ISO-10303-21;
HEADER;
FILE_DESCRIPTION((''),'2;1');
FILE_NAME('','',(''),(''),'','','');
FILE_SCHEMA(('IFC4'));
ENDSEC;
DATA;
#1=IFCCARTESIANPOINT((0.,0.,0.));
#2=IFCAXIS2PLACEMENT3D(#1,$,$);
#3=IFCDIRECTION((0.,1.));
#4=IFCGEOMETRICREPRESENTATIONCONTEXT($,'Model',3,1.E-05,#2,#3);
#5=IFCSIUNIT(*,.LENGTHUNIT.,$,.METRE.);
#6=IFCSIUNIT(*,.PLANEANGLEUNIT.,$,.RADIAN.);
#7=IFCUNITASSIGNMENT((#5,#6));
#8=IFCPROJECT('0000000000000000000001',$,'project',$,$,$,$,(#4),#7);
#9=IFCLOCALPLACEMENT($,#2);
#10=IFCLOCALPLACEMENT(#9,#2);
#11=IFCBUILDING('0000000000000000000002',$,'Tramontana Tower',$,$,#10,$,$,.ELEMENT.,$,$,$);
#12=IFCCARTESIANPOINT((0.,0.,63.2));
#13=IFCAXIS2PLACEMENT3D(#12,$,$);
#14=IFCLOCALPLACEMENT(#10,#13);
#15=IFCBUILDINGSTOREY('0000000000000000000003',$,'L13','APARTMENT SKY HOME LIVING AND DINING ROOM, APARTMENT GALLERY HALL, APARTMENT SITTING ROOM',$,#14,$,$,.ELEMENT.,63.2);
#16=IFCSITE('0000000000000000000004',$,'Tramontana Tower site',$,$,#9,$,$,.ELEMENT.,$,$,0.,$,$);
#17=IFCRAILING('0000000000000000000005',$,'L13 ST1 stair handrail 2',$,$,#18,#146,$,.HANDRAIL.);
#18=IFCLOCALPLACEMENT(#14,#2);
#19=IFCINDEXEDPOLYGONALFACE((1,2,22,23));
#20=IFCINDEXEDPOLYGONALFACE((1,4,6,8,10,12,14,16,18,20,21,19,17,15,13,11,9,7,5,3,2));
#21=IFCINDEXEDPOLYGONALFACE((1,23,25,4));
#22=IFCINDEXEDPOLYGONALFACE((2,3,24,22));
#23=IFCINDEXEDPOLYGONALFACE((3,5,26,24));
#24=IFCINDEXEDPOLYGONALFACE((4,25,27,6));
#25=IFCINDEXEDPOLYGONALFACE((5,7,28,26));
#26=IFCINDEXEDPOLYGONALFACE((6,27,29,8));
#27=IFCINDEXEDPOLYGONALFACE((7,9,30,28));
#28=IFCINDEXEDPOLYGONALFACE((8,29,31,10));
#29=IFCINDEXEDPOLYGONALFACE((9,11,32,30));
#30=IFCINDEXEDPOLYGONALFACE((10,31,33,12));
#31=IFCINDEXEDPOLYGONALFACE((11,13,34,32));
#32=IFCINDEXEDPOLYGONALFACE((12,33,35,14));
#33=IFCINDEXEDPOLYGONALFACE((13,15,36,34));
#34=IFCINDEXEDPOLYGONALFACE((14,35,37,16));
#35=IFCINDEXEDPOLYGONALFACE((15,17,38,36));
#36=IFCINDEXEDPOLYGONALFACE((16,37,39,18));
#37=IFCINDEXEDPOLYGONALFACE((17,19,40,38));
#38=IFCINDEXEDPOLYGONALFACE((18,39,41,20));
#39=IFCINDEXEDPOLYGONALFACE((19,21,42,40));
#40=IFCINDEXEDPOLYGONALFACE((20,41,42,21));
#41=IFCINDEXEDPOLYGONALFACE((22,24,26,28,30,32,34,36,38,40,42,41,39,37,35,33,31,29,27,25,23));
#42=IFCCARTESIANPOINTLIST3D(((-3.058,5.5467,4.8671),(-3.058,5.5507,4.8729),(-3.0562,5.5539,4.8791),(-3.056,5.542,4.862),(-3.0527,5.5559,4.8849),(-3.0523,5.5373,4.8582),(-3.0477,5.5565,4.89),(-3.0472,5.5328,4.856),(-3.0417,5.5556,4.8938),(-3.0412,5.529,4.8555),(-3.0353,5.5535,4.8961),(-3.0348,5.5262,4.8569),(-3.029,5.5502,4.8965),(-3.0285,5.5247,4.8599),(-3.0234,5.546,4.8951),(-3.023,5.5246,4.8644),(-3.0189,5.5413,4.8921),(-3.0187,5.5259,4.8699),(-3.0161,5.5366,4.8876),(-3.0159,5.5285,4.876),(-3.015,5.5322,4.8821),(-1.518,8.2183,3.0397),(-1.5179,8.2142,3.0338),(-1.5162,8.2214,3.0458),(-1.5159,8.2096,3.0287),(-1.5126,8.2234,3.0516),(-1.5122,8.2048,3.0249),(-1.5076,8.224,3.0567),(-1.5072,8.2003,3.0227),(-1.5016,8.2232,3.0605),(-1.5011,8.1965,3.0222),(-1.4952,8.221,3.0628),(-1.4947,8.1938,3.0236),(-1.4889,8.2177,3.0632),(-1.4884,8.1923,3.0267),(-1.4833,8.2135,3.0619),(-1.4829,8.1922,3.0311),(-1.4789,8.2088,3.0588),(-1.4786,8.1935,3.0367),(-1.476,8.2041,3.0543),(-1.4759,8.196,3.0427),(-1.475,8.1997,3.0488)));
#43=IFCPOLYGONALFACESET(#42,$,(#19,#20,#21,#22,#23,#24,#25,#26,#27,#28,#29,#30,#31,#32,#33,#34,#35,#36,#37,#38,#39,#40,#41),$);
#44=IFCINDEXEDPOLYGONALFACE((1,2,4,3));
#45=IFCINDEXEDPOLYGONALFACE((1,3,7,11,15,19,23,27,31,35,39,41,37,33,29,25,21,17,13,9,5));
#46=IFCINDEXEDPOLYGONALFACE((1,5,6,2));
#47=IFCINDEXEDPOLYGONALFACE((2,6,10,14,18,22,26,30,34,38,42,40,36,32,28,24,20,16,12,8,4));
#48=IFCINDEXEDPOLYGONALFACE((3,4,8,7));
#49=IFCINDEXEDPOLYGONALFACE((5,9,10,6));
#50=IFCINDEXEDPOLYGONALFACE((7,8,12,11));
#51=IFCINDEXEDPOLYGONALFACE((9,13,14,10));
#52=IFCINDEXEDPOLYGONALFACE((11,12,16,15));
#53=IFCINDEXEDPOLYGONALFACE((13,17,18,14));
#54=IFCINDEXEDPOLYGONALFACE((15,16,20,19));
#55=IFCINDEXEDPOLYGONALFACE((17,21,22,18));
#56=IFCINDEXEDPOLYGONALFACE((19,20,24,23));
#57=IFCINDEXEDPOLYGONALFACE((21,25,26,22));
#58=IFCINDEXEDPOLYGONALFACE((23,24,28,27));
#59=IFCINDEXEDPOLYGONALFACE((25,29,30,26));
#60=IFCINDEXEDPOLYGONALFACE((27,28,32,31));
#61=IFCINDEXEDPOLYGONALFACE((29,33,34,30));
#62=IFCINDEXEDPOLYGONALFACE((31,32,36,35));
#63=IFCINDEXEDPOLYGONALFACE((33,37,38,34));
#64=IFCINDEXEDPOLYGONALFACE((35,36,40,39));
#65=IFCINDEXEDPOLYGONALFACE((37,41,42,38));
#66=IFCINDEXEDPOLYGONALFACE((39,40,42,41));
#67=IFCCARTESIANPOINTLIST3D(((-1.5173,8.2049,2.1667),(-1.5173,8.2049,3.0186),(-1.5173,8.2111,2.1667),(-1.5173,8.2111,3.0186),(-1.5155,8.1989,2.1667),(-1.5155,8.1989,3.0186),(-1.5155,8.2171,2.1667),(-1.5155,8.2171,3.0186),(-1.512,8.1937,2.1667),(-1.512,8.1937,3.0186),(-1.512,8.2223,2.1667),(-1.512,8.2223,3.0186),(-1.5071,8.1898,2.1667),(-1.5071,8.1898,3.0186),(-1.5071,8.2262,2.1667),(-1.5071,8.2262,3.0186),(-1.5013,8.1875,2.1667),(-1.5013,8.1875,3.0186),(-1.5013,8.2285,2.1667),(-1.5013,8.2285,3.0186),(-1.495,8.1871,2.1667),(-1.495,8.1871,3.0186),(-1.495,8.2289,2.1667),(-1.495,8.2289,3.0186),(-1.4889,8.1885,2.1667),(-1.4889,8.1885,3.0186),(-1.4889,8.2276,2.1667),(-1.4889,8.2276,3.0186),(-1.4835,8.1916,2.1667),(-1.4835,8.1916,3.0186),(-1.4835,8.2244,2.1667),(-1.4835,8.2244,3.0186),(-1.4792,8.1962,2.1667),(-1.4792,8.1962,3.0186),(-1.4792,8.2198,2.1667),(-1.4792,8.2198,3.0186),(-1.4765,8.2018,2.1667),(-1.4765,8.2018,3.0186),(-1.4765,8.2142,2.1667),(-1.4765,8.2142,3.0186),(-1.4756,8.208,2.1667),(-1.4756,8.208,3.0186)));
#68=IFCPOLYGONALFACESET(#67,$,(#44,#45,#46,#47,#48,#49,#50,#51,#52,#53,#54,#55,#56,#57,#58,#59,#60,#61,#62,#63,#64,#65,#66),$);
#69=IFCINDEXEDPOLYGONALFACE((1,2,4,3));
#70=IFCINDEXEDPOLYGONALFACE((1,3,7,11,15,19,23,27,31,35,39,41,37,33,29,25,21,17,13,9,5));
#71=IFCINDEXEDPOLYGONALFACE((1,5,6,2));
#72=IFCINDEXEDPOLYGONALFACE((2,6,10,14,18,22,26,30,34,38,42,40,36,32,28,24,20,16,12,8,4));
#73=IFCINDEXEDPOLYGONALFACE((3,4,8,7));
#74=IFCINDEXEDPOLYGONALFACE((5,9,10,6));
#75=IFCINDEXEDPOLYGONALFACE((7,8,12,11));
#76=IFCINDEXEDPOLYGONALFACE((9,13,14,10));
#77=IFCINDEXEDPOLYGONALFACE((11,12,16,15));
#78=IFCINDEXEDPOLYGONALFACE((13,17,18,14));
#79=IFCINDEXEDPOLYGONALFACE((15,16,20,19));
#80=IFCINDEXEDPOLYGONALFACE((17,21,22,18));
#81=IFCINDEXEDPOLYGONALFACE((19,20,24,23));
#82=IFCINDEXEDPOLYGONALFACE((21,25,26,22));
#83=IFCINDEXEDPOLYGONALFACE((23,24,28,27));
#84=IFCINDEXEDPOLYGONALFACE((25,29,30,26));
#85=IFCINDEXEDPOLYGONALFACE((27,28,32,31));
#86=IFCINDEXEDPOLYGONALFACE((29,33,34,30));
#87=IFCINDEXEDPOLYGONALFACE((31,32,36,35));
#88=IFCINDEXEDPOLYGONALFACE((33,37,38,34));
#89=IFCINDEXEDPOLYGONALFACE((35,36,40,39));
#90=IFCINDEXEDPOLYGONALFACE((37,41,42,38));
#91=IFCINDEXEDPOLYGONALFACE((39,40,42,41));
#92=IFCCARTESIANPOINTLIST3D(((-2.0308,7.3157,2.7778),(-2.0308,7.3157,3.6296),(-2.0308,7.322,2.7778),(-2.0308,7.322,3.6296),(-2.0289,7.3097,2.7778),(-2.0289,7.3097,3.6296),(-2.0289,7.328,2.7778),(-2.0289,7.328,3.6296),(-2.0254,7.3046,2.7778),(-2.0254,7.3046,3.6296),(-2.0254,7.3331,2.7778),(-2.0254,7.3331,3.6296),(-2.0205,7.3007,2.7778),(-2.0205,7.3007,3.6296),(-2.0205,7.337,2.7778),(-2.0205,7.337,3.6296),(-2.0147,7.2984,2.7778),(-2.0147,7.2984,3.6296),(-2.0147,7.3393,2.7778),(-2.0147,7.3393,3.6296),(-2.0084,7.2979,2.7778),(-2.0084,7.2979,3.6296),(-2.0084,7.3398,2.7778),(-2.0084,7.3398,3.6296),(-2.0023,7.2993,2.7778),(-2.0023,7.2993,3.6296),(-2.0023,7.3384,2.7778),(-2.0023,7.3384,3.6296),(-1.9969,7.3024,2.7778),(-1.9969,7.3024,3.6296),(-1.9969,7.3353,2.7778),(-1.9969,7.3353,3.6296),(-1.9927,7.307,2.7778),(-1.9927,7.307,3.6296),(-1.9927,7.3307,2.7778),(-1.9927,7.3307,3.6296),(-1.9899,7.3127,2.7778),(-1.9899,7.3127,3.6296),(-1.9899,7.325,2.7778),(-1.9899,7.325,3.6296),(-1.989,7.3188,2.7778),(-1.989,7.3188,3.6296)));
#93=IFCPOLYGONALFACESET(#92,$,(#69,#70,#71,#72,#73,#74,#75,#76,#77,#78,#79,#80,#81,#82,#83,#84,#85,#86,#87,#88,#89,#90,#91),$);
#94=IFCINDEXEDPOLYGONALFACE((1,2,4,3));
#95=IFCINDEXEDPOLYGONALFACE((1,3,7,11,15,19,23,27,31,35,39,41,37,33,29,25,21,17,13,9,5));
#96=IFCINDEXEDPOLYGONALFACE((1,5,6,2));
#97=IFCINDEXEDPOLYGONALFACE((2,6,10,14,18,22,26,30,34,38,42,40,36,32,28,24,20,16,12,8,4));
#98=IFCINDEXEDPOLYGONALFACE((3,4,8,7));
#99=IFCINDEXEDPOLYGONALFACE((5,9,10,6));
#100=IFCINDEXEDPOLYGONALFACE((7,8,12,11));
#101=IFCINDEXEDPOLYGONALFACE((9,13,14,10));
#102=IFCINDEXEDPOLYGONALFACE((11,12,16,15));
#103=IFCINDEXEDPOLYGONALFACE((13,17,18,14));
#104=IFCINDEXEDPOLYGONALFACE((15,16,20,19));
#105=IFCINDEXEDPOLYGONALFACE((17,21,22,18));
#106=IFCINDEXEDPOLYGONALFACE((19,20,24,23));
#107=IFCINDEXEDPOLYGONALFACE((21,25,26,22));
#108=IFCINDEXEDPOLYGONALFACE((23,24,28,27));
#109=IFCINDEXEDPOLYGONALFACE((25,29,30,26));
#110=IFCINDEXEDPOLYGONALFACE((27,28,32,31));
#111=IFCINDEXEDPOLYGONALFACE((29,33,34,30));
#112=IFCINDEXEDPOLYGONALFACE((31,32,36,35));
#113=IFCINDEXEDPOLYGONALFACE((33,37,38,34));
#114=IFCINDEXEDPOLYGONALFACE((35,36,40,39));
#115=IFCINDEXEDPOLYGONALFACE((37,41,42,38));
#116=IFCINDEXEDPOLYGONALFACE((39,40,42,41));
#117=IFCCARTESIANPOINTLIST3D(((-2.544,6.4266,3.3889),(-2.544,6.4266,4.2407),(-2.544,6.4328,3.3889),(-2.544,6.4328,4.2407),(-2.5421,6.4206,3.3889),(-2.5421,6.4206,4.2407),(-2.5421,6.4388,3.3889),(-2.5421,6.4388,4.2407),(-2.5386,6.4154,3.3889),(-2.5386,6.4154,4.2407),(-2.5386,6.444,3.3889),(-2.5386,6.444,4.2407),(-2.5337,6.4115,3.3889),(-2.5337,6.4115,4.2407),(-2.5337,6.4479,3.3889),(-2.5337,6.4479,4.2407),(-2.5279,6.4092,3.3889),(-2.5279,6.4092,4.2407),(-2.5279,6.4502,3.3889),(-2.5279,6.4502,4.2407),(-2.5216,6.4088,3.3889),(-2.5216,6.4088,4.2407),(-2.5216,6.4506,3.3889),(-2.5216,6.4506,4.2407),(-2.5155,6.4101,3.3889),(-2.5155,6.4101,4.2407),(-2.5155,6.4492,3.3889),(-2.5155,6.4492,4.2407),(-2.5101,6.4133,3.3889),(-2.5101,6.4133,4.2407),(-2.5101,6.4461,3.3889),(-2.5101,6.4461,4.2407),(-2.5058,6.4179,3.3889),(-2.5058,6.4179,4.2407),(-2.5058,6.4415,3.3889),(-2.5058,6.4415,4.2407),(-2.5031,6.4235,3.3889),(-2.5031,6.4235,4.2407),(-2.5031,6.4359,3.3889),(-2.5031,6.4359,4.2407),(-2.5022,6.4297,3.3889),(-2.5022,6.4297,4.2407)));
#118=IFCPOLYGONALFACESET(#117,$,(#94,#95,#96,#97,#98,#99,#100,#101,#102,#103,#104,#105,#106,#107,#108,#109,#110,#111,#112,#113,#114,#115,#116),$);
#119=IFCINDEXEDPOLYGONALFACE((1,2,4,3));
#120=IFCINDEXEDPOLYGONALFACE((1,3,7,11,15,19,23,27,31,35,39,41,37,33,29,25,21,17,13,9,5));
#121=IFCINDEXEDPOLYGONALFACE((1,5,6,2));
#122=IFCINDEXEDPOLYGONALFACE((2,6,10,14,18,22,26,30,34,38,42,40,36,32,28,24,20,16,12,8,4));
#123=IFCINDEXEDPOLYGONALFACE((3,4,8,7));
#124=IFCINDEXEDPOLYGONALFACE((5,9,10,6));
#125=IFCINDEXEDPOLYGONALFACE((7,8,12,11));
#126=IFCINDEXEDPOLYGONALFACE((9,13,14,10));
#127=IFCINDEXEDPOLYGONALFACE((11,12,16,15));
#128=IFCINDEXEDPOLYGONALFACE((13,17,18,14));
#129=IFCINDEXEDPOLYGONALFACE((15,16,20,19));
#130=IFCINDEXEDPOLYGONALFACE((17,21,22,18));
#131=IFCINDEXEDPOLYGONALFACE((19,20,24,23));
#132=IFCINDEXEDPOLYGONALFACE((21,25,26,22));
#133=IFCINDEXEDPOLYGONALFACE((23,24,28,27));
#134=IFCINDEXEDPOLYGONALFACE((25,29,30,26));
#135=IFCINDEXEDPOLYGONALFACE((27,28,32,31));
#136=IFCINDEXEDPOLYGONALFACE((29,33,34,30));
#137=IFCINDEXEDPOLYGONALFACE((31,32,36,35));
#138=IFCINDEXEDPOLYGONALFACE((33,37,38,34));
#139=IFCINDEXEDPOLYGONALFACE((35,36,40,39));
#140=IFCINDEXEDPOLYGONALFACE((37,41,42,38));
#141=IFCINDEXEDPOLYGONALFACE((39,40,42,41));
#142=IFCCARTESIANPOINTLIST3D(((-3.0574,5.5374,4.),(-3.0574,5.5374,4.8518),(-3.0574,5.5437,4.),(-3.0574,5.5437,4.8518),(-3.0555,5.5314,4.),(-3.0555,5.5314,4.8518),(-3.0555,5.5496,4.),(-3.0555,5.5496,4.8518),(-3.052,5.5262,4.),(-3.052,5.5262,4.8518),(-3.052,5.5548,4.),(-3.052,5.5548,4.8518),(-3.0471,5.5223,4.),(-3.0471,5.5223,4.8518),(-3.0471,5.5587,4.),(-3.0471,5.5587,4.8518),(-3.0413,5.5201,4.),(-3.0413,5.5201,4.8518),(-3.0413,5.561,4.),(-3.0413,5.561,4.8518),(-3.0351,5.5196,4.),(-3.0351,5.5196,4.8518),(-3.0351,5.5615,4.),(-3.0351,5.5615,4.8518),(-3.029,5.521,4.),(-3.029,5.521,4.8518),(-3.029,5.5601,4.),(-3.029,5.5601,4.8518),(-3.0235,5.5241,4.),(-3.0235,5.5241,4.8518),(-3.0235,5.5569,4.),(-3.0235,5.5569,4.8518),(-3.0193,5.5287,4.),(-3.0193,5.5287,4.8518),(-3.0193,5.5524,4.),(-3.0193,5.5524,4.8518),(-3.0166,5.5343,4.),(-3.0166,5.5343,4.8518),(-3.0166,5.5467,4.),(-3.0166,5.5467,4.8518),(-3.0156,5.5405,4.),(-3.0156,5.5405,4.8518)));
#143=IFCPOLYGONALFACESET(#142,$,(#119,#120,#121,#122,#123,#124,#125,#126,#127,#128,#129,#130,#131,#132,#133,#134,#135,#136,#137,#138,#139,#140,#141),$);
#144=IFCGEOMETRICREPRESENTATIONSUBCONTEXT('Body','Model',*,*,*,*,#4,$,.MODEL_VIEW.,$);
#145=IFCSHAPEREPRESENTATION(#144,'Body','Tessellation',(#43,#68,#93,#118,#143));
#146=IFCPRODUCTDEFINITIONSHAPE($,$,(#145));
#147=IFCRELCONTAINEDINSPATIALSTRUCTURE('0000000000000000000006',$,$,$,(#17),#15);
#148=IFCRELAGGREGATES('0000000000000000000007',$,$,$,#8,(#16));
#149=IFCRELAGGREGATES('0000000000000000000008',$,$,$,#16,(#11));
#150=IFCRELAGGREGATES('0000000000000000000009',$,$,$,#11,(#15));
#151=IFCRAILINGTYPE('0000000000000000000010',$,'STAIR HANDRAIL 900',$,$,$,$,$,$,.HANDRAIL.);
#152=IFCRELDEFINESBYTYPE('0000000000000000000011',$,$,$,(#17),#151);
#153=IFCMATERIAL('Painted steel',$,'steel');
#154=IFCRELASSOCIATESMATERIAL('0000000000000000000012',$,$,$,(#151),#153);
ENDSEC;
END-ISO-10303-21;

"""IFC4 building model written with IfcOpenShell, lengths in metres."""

from ifc_helpers import new_model, si_unit, direction, frame, origin, origin_2d, place, context, subcontext, project, spatial, circle, extrude, material, type_object, element, save


model = new_model("IFC4")

# Units and contexts
model_context = context("Model", 3, precision=1e-05, world=origin(), true_north=direction((0.0, 1.0)))
body_context = subcontext(model_context, "Body", "Model", "MODEL_VIEW")
ifc_project = project(units=[si_unit("LENGTHUNIT", "METRE"), si_unit("PLANEANGLEUNIT", "RADIAN")], contexts=[model_context])

# Site, building, storey
site_placement = place(None, origin())
site = spatial("IfcSite", under=ifc_project, at=site_placement, Name="Tramontana Tower site", CompositionType="ELEMENT", RefElevation=0.0)
building_placement = place(site_placement, origin())
building = spatial("IfcBuilding", under=site, at=building_placement, Name="Tramontana Tower", CompositionType="ELEMENT")
storey_placement = place(building_placement, frame((0.0, 0.0, 63.2)))
storey = spatial("IfcBuildingStorey", under=building, at=storey_placement, Name="L13", Description="APARTMENT SKY HOME LIVING AND DINING ROOM, APARTMENT GALLERY HALL, APARTMENT SITTING ROOM", CompositionType="ELEMENT", Elevation=63.2)

# Railing
ifc_material_1 = material(Name="Painted steel", Category="steel")
railing_type_1 = type_object("IfcRailingType", Name="STAIR HANDRAIL 900", PredefinedType="HANDRAIL", material=ifc_material_1)
railing_1_placement = place(storey_placement, frame((-1.4966, 8.208, 2.1667)))
element("IfcRailing", 1, at=railing_1_placement, inside=storey, type_object=railing_type_1, Name="L13 ST1 stair handrail 2", PredefinedType="HANDRAIL", context=body_context, shape_type="SweptSolid", body=[
    extrude(circle(Radius=0.0239, at=origin_2d()), frame((0.0, 0.0, 0.876), z_axis=(-0.429649, -0.74419, 0.511452), x_axis=(0.86603, -0.499992, 0.0)), (0.0, 0.0, 1.0), 3.5845),
    extrude(circle(Radius=0.021, at=origin_2d()), origin(), (0.0, 0.0, 1.0), 0.8518),
    extrude(circle(Radius=0.021, at=origin_2d()), frame((-0.5134, -0.8892, 0.6111)), (0.0, 0.0, 1.0), 0.8518),
    extrude(circle(Radius=0.021, at=origin_2d()), frame((-1.0266, -1.7783, 1.2222)), (0.0, 0.0, 1.0), 0.8518),
    extrude(circle(Radius=0.021, at=origin_2d()), frame((-1.54, -2.6675, 1.8333)), (0.0, 0.0, 1.0), 0.8518),
])

save(model, "model.ifc")
